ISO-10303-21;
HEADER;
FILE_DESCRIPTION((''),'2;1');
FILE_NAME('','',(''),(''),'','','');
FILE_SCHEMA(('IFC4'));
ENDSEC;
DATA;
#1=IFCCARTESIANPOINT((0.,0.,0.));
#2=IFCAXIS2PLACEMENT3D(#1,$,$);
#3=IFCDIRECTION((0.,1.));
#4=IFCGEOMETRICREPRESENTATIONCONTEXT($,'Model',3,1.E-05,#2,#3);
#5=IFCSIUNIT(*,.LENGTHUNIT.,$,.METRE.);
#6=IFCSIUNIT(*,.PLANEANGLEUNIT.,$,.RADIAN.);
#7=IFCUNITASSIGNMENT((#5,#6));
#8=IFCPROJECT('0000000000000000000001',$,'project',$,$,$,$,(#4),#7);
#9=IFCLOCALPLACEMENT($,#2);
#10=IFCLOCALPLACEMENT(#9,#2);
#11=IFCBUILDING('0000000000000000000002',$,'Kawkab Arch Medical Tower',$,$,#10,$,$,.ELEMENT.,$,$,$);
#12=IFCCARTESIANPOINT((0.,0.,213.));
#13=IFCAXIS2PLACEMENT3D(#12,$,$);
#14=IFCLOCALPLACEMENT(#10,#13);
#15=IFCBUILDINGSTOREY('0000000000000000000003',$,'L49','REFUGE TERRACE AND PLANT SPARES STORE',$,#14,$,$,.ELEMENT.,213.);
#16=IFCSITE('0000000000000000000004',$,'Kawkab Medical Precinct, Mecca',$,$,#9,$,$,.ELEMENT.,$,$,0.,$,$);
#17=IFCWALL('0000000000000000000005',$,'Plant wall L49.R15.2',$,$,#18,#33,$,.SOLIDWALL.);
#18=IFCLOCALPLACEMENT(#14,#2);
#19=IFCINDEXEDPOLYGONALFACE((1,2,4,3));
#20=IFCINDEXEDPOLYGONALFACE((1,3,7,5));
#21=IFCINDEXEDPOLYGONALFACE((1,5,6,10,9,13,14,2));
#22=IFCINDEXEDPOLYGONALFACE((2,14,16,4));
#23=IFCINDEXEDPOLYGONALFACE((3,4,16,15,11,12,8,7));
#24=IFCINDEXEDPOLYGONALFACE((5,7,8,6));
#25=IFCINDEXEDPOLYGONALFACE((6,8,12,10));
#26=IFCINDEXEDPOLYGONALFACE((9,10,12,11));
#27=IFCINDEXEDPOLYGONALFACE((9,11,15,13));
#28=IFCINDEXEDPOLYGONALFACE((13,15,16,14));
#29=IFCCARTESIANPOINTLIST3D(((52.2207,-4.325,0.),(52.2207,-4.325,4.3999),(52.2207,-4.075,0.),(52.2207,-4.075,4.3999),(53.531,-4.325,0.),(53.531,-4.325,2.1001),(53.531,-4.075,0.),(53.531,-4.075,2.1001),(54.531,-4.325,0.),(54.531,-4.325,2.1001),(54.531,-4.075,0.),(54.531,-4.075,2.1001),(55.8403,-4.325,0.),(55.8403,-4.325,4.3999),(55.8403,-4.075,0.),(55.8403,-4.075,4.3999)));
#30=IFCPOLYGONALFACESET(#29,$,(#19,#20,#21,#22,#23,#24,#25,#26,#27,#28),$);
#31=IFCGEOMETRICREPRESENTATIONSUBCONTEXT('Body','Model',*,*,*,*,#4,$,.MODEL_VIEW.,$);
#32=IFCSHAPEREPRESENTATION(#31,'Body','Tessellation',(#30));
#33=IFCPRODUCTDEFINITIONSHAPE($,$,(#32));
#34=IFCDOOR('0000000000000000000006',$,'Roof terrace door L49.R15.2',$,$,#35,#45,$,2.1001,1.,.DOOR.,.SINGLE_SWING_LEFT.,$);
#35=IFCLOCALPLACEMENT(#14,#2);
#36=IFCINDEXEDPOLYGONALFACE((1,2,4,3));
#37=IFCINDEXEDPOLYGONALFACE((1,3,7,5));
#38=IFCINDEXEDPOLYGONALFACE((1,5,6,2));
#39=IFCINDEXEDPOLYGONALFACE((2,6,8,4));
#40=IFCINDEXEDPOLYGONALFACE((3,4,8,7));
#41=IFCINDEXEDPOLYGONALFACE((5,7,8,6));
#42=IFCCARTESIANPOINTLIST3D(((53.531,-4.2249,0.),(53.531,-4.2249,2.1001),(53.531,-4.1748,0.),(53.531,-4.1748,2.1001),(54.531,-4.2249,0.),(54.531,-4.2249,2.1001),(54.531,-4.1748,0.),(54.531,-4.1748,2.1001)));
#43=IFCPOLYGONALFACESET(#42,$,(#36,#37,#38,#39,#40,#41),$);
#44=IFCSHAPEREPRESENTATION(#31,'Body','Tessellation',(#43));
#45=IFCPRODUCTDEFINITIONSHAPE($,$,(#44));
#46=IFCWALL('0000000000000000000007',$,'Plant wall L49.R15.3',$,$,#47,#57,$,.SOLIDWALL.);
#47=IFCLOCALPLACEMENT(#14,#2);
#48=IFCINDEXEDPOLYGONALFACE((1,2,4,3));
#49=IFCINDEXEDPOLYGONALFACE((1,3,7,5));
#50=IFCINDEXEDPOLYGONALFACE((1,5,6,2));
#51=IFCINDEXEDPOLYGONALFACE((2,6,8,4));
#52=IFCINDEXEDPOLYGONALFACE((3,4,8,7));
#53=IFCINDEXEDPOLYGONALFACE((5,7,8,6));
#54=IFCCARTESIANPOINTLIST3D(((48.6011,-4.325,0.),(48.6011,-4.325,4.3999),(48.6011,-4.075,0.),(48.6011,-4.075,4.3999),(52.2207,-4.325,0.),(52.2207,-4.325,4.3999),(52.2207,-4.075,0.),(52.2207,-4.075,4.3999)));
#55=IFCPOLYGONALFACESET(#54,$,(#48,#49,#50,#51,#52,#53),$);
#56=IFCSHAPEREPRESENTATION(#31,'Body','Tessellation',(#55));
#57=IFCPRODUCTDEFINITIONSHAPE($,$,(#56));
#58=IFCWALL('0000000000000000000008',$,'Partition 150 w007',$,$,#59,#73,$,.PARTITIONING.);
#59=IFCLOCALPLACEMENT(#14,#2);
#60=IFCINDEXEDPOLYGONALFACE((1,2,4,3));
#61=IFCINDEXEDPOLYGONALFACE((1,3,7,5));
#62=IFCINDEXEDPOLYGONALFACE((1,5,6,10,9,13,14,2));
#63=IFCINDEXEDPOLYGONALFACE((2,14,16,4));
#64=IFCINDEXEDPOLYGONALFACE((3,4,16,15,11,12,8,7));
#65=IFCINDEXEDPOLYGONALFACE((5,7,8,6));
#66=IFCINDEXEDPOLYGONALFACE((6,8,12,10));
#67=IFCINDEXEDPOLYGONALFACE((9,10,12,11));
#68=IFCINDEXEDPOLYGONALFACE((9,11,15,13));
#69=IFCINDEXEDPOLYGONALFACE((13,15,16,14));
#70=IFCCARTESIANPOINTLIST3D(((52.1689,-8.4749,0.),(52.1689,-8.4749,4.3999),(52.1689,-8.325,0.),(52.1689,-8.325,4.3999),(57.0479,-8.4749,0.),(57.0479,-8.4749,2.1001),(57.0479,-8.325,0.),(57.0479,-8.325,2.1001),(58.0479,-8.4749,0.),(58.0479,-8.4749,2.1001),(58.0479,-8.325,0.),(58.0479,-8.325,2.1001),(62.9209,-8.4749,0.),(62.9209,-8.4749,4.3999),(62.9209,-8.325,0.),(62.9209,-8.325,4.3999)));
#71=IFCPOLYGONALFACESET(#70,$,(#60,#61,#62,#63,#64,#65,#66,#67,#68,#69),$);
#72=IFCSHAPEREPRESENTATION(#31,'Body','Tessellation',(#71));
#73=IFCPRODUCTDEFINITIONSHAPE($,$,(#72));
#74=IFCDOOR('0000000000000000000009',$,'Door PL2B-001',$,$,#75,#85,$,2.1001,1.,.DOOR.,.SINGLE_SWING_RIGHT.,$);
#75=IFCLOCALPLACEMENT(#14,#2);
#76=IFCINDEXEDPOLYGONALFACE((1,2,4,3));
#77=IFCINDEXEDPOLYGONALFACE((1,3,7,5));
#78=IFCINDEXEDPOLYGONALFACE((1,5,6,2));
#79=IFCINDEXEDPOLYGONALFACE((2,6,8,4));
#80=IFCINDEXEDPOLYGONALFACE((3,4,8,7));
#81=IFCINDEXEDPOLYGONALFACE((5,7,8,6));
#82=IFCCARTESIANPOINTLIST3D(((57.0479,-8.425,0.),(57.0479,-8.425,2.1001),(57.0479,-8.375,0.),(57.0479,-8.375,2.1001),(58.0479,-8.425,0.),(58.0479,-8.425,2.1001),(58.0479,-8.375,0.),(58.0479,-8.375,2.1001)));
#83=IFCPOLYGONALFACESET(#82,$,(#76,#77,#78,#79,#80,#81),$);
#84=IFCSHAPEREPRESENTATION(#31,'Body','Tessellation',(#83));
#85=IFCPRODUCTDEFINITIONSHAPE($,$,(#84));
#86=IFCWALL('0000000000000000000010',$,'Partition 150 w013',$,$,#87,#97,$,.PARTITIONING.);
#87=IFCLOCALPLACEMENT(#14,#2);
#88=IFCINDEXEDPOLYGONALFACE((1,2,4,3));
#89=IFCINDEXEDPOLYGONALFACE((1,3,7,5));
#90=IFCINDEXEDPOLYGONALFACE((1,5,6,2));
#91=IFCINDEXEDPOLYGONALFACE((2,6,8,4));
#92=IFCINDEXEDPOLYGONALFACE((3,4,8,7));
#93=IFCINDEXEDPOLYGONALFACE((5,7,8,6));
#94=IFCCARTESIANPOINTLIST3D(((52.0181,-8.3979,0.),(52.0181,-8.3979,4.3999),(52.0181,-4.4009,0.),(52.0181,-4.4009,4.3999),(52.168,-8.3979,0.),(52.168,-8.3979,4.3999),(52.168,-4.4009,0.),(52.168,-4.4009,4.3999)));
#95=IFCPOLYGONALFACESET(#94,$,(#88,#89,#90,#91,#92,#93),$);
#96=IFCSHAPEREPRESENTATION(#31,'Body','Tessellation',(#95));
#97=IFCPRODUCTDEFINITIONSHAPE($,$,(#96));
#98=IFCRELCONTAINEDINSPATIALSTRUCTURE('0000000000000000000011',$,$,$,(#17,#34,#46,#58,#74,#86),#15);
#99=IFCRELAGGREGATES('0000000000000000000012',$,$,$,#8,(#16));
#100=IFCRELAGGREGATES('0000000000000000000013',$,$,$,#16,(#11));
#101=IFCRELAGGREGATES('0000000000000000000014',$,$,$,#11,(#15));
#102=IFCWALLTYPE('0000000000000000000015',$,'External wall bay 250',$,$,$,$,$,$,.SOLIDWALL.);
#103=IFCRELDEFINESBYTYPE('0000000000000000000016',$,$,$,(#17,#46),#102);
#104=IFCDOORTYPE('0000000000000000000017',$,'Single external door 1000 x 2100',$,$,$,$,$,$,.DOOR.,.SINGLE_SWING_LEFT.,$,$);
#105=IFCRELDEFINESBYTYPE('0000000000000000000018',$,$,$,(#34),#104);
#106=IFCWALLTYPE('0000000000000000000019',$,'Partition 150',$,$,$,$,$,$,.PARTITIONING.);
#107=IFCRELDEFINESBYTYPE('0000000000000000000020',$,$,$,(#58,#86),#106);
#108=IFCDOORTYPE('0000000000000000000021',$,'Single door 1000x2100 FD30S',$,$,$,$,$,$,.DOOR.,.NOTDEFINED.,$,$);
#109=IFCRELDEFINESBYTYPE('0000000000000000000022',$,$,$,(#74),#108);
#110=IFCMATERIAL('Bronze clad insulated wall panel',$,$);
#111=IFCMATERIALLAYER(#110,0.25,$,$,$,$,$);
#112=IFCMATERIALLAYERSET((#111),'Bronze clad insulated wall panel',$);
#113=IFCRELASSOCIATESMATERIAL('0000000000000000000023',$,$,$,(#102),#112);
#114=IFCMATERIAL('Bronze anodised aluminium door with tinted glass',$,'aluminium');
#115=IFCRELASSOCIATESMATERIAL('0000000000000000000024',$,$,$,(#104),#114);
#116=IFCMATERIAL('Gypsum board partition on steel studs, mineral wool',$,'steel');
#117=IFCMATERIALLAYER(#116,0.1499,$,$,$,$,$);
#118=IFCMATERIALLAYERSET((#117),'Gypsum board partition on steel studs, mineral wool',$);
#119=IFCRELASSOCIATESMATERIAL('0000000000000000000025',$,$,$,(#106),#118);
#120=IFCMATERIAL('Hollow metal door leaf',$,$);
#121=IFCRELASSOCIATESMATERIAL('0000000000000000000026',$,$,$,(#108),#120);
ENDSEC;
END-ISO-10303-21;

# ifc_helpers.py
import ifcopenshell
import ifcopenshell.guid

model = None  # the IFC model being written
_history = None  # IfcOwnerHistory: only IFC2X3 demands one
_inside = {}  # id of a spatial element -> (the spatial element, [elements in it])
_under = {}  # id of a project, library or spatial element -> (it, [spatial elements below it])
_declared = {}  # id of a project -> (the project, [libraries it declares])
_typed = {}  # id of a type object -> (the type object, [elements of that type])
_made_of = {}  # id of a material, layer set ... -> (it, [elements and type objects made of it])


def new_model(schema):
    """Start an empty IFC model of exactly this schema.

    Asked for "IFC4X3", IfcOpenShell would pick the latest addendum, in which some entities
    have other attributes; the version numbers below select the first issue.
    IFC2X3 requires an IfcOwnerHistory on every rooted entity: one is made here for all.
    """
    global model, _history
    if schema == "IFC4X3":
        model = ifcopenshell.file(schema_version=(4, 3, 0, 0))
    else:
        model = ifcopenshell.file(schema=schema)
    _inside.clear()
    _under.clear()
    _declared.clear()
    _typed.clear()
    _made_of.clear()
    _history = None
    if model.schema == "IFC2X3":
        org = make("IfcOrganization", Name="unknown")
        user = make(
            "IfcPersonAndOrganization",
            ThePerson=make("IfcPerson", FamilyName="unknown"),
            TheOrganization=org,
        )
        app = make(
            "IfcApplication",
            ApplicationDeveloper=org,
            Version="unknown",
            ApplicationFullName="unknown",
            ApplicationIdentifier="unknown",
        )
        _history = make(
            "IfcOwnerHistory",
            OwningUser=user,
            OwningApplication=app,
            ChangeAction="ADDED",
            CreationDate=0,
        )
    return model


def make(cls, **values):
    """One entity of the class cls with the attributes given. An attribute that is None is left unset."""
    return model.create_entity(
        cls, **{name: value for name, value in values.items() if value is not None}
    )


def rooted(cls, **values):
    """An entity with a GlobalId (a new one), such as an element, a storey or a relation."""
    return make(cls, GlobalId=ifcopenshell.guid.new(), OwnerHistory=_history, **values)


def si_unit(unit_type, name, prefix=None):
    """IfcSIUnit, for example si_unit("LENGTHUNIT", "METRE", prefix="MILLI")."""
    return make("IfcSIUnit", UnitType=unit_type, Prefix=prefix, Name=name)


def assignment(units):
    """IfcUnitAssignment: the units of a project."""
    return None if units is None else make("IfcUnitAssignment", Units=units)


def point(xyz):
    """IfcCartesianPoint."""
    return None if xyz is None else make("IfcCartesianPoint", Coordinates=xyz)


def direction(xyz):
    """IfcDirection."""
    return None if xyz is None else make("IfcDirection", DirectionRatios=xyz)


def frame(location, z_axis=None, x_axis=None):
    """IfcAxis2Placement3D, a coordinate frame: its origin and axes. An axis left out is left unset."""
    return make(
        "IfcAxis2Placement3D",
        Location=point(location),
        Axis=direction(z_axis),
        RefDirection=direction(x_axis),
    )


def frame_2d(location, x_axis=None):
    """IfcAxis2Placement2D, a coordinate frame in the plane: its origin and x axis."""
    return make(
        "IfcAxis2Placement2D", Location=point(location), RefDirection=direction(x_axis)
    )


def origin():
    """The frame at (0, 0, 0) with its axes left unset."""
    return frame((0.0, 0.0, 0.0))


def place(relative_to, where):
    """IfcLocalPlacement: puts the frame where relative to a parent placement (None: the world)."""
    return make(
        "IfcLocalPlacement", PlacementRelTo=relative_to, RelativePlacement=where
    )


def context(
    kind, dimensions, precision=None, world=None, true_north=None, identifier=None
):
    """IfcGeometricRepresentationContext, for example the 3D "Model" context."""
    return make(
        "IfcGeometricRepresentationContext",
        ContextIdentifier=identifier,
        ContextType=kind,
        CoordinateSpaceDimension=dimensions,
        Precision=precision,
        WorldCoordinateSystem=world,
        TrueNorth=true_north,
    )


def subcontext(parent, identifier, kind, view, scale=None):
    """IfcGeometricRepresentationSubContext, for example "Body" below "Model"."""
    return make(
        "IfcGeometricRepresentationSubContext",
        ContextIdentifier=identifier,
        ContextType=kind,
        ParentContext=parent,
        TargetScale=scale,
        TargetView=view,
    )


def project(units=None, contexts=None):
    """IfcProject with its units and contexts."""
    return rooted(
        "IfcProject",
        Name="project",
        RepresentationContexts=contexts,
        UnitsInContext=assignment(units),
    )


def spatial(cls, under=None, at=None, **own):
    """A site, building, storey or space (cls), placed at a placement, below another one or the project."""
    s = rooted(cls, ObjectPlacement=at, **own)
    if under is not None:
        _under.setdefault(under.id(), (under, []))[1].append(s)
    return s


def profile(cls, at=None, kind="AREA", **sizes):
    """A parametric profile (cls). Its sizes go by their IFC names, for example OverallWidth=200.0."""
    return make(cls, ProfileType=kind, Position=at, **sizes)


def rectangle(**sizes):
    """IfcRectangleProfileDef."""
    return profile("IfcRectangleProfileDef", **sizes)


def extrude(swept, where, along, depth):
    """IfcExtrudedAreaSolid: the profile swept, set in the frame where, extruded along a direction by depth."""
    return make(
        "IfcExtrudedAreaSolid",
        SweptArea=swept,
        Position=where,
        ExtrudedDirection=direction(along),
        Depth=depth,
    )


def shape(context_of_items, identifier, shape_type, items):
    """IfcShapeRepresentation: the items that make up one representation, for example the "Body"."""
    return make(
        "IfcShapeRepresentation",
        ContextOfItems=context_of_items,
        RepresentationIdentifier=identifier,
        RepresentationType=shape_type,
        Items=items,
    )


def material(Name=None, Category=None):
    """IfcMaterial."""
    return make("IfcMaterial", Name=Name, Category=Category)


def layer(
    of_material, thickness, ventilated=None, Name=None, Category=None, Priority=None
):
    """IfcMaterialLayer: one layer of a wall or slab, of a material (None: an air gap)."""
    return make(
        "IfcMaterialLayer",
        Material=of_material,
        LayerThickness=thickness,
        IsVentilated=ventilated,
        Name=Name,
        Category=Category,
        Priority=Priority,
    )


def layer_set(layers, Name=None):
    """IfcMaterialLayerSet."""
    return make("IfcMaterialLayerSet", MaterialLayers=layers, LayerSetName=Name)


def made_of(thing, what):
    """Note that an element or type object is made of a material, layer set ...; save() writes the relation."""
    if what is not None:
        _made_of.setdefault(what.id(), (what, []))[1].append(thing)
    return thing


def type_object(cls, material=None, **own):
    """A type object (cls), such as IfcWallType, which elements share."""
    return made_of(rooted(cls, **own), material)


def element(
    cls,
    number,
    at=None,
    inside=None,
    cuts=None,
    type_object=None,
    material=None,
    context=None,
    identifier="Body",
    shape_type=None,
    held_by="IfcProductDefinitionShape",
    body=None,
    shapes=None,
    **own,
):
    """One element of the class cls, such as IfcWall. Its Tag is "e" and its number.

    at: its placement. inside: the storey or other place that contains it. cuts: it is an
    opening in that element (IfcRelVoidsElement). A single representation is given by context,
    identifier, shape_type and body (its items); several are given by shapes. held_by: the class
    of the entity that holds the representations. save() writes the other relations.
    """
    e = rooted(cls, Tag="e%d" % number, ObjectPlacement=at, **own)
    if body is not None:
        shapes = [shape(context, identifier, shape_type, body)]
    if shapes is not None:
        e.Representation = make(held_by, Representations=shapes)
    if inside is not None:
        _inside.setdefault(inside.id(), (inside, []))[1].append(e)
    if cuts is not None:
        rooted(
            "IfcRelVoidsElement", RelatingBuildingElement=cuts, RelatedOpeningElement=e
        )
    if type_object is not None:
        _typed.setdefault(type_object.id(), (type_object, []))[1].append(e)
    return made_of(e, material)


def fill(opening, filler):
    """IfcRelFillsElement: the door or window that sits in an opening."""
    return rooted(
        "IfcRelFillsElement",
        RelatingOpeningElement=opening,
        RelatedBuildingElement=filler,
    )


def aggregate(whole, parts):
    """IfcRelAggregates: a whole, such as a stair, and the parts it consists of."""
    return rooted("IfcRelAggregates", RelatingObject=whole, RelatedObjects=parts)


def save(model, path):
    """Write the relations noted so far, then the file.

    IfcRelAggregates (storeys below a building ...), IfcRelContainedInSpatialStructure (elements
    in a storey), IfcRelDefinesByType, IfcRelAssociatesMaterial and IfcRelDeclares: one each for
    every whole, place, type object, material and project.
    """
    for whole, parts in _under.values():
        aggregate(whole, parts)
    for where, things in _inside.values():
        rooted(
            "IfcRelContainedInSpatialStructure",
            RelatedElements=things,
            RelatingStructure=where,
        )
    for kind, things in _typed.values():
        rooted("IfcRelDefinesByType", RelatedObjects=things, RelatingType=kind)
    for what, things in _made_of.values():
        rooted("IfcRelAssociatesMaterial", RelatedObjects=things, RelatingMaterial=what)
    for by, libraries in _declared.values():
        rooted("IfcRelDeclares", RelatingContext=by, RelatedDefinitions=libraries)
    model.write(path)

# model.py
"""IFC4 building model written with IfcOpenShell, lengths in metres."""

from ifc_helpers import new_model, si_unit, direction, frame, frame_2d, origin, place, context, subcontext, project, spatial, rectangle, extrude, material, layer, layer_set, type_object, element, fill, save


model = new_model("IFC4")

# Units and contexts
model_context = context("Model", 3, precision=1e-05, world=origin(), true_north=direction((0.0, 1.0)))
body_context = subcontext(model_context, "Body", "Model", "MODEL_VIEW")
ifc_project = project(units=[si_unit("LENGTHUNIT", "METRE"), si_unit("PLANEANGLEUNIT", "RADIAN")], contexts=[model_context])

# Site, building, storey
site_placement = place(None, origin())
site = spatial("IfcSite", under=ifc_project, at=site_placement, Name="Kawkab Medical Precinct, Mecca", CompositionType="ELEMENT", RefElevation=0.0)
building_placement = place(site_placement, origin())
building = spatial("IfcBuilding", under=site, at=building_placement, Name="Kawkab Arch Medical Tower", CompositionType="ELEMENT")
storey_placement = place(building_placement, frame((0.0, 0.0, 213.0)))
storey = spatial("IfcBuildingStorey", under=building, at=storey_placement, Name="L49", Description="REFUGE TERRACE AND PLANT SPARES STORE", CompositionType="ELEMENT", Elevation=213.0)

# Shared definitions
ifc_material_1 = material(Name="Bronze clad insulated wall panel")
ifc_layer_1 = layer(ifc_material_1, 0.25)
ifc_layer_set_1 = layer_set([ifc_layer_1], Name="Bronze clad insulated wall panel")
wall_type_1 = type_object("IfcWallType", Name="External wall bay 250", PredefinedType="SOLIDWALL", material=ifc_layer_set_1)

# Wall, opening, door
wall_1_placement = place(storey_placement, frame((55.8403, -4.2, 0.0), z_axis=(0.0, 0.0, 1.0), x_axis=(-1.0, 0.0, 0.0)))
wall_1 = element("IfcWall", 1, at=wall_1_placement, inside=storey, type_object=wall_type_1, Name="Plant wall L49.R15.2", PredefinedType="SOLIDWALL", context=body_context, shape_type="SweptSolid", body=[
    extrude(rectangle(XDim=3.6196, YDim=0.25, at=frame_2d((1.8098, 0.0))), origin(), (0.0, 0.0, 1.0), 4.3999),
])
opening_1_placement = place(wall_1_placement, frame((1.3093, 0.0, 0.0)))
opening_1 = element("IfcOpeningElement", 2, at=opening_1_placement, cuts=wall_1, PredefinedType="OPENING", context=body_context, shape_type="SweptSolid", body=[
    extrude(rectangle(XDim=1.0, YDim=2.1001, at=frame_2d((0.5, 1.05))), frame((0.0, 0.135, 0.0), z_axis=(0.0, -1.0, 0.0), x_axis=(1.0, 0.0, 0.0)), (0.0, 0.0, 1.0), 0.27),
])
ifc_material_2 = material(Name="Bronze anodised aluminium door with tinted glass", Category="aluminium")
door_type_1 = type_object("IfcDoorType", Name="Single external door 1000 x 2100", OperationType="SINGLE_SWING_LEFT", PredefinedType="DOOR", material=ifc_material_2)
door_1_placement = place(opening_1_placement, origin())
door_1 = element("IfcDoor", 3, at=door_1_placement, inside=storey, type_object=door_type_1, Name="Roof terrace door L49.R15.2", OperationType="SINGLE_SWING_LEFT", OverallHeight=2.1001, OverallWidth=1.0, PredefinedType="DOOR", context=body_context, shape_type="SweptSolid", body=[
    extrude(rectangle(XDim=1.0, YDim=2.1001, at=frame_2d((0.5, 1.05))), frame((0.0, 0.0249, 0.0), z_axis=(0.0, -1.0, 0.0), x_axis=(1.0, 0.0, 0.0)), (0.0, 0.0, 1.0), 0.05),
])
fill(opening_1, door_1)

# Wall
wall_2_placement = place(storey_placement, frame((52.2207, -4.2, 0.0), z_axis=(0.0, 0.0, 1.0), x_axis=(-1.0, 0.0, 0.0)))
element("IfcWall", 4, at=wall_2_placement, inside=storey, type_object=wall_type_1, Name="Plant wall L49.R15.3", PredefinedType="SOLIDWALL", context=body_context, shape_type="SweptSolid", body=[
    extrude(rectangle(XDim=3.6196, YDim=0.25, at=frame_2d((1.8098, 0.0))), origin(), (0.0, 0.0, 1.0), 4.3999),
])

# Wall, opening, door
ifc_material_3 = material(Name="Gypsum board partition on steel studs, mineral wool", Category="steel")
ifc_layer_2 = layer(ifc_material_3, 0.1499)
ifc_layer_set_2 = layer_set([ifc_layer_2], Name="Gypsum board partition on steel studs, mineral wool")
wall_type_2 = type_object("IfcWallType", Name="Partition 150", PredefinedType="PARTITIONING", material=ifc_layer_set_2)
wall_3_placement = place(storey_placement, frame((52.1689, -8.3999, 0.0), z_axis=(0.0, 0.0, 1.0), x_axis=(1.0, 0.0, 0.0)))
wall_3 = element("IfcWall", 5, at=wall_3_placement, inside=storey, type_object=wall_type_2, Name="Partition 150 w007", PredefinedType="PARTITIONING", context=body_context, shape_type="SweptSolid", body=[
    extrude(rectangle(XDim=10.752, YDim=0.1499, at=frame_2d((5.376, 0.0))), origin(), (0.0, 0.0, 1.0), 4.3999),
])
opening_2_placement = place(wall_3_placement, frame((4.8789, 0.0, 0.0)))
opening_2 = element("IfcOpeningElement", 6, at=opening_2_placement, cuts=wall_3, PredefinedType="OPENING", context=body_context, shape_type="SweptSolid", body=[
    extrude(rectangle(XDim=1.0, YDim=2.1001, at=frame_2d((0.5, 1.05))), frame((0.0, 0.085, 0.0), z_axis=(0.0, -1.0, 0.0), x_axis=(1.0, 0.0, 0.0)), (0.0, 0.0, 1.0), 0.1699),
])
ifc_material_4 = material(Name="Hollow metal door leaf")
door_type_2 = type_object("IfcDoorType", Name="Single door 1000x2100 FD30S", OperationType="NOTDEFINED", PredefinedType="DOOR", material=ifc_material_4)
door_2_placement = place(opening_2_placement, origin())
door_2 = element("IfcDoor", 7, at=door_2_placement, inside=storey, type_object=door_type_2, Name="Door PL2B-001", OperationType="SINGLE_SWING_RIGHT", OverallHeight=2.1001, OverallWidth=1.0, PredefinedType="DOOR", context=body_context, shape_type="SweptSolid", body=[
    extrude(rectangle(XDim=1.0, YDim=2.1001, at=frame_2d((0.5, 1.05))), frame((0.0, 0.0249, 0.0), z_axis=(0.0, -1.0, 0.0), x_axis=(1.0, 0.0, 0.0)), (0.0, 0.0, 1.0), 0.05),
])
fill(opening_2, door_2)

# Wall
wall_4_placement = place(storey_placement, frame((52.093, -8.3979, 0.0), z_axis=(0.0, 0.0, 1.0), x_axis=(0.0, 1.0, 0.0)))
element("IfcWall", 8, at=wall_4_placement, inside=storey, type_object=wall_type_2, Name="Partition 150 w013", PredefinedType="PARTITIONING", context=body_context, shape_type="SweptSolid", body=[
    extrude(rectangle(XDim=3.9971, YDim=0.1499, at=frame_2d((1.9985, 0.0))), origin(), (0.0, 0.0, 1.0), 4.3999),
])

save(model, "model.ifc")
